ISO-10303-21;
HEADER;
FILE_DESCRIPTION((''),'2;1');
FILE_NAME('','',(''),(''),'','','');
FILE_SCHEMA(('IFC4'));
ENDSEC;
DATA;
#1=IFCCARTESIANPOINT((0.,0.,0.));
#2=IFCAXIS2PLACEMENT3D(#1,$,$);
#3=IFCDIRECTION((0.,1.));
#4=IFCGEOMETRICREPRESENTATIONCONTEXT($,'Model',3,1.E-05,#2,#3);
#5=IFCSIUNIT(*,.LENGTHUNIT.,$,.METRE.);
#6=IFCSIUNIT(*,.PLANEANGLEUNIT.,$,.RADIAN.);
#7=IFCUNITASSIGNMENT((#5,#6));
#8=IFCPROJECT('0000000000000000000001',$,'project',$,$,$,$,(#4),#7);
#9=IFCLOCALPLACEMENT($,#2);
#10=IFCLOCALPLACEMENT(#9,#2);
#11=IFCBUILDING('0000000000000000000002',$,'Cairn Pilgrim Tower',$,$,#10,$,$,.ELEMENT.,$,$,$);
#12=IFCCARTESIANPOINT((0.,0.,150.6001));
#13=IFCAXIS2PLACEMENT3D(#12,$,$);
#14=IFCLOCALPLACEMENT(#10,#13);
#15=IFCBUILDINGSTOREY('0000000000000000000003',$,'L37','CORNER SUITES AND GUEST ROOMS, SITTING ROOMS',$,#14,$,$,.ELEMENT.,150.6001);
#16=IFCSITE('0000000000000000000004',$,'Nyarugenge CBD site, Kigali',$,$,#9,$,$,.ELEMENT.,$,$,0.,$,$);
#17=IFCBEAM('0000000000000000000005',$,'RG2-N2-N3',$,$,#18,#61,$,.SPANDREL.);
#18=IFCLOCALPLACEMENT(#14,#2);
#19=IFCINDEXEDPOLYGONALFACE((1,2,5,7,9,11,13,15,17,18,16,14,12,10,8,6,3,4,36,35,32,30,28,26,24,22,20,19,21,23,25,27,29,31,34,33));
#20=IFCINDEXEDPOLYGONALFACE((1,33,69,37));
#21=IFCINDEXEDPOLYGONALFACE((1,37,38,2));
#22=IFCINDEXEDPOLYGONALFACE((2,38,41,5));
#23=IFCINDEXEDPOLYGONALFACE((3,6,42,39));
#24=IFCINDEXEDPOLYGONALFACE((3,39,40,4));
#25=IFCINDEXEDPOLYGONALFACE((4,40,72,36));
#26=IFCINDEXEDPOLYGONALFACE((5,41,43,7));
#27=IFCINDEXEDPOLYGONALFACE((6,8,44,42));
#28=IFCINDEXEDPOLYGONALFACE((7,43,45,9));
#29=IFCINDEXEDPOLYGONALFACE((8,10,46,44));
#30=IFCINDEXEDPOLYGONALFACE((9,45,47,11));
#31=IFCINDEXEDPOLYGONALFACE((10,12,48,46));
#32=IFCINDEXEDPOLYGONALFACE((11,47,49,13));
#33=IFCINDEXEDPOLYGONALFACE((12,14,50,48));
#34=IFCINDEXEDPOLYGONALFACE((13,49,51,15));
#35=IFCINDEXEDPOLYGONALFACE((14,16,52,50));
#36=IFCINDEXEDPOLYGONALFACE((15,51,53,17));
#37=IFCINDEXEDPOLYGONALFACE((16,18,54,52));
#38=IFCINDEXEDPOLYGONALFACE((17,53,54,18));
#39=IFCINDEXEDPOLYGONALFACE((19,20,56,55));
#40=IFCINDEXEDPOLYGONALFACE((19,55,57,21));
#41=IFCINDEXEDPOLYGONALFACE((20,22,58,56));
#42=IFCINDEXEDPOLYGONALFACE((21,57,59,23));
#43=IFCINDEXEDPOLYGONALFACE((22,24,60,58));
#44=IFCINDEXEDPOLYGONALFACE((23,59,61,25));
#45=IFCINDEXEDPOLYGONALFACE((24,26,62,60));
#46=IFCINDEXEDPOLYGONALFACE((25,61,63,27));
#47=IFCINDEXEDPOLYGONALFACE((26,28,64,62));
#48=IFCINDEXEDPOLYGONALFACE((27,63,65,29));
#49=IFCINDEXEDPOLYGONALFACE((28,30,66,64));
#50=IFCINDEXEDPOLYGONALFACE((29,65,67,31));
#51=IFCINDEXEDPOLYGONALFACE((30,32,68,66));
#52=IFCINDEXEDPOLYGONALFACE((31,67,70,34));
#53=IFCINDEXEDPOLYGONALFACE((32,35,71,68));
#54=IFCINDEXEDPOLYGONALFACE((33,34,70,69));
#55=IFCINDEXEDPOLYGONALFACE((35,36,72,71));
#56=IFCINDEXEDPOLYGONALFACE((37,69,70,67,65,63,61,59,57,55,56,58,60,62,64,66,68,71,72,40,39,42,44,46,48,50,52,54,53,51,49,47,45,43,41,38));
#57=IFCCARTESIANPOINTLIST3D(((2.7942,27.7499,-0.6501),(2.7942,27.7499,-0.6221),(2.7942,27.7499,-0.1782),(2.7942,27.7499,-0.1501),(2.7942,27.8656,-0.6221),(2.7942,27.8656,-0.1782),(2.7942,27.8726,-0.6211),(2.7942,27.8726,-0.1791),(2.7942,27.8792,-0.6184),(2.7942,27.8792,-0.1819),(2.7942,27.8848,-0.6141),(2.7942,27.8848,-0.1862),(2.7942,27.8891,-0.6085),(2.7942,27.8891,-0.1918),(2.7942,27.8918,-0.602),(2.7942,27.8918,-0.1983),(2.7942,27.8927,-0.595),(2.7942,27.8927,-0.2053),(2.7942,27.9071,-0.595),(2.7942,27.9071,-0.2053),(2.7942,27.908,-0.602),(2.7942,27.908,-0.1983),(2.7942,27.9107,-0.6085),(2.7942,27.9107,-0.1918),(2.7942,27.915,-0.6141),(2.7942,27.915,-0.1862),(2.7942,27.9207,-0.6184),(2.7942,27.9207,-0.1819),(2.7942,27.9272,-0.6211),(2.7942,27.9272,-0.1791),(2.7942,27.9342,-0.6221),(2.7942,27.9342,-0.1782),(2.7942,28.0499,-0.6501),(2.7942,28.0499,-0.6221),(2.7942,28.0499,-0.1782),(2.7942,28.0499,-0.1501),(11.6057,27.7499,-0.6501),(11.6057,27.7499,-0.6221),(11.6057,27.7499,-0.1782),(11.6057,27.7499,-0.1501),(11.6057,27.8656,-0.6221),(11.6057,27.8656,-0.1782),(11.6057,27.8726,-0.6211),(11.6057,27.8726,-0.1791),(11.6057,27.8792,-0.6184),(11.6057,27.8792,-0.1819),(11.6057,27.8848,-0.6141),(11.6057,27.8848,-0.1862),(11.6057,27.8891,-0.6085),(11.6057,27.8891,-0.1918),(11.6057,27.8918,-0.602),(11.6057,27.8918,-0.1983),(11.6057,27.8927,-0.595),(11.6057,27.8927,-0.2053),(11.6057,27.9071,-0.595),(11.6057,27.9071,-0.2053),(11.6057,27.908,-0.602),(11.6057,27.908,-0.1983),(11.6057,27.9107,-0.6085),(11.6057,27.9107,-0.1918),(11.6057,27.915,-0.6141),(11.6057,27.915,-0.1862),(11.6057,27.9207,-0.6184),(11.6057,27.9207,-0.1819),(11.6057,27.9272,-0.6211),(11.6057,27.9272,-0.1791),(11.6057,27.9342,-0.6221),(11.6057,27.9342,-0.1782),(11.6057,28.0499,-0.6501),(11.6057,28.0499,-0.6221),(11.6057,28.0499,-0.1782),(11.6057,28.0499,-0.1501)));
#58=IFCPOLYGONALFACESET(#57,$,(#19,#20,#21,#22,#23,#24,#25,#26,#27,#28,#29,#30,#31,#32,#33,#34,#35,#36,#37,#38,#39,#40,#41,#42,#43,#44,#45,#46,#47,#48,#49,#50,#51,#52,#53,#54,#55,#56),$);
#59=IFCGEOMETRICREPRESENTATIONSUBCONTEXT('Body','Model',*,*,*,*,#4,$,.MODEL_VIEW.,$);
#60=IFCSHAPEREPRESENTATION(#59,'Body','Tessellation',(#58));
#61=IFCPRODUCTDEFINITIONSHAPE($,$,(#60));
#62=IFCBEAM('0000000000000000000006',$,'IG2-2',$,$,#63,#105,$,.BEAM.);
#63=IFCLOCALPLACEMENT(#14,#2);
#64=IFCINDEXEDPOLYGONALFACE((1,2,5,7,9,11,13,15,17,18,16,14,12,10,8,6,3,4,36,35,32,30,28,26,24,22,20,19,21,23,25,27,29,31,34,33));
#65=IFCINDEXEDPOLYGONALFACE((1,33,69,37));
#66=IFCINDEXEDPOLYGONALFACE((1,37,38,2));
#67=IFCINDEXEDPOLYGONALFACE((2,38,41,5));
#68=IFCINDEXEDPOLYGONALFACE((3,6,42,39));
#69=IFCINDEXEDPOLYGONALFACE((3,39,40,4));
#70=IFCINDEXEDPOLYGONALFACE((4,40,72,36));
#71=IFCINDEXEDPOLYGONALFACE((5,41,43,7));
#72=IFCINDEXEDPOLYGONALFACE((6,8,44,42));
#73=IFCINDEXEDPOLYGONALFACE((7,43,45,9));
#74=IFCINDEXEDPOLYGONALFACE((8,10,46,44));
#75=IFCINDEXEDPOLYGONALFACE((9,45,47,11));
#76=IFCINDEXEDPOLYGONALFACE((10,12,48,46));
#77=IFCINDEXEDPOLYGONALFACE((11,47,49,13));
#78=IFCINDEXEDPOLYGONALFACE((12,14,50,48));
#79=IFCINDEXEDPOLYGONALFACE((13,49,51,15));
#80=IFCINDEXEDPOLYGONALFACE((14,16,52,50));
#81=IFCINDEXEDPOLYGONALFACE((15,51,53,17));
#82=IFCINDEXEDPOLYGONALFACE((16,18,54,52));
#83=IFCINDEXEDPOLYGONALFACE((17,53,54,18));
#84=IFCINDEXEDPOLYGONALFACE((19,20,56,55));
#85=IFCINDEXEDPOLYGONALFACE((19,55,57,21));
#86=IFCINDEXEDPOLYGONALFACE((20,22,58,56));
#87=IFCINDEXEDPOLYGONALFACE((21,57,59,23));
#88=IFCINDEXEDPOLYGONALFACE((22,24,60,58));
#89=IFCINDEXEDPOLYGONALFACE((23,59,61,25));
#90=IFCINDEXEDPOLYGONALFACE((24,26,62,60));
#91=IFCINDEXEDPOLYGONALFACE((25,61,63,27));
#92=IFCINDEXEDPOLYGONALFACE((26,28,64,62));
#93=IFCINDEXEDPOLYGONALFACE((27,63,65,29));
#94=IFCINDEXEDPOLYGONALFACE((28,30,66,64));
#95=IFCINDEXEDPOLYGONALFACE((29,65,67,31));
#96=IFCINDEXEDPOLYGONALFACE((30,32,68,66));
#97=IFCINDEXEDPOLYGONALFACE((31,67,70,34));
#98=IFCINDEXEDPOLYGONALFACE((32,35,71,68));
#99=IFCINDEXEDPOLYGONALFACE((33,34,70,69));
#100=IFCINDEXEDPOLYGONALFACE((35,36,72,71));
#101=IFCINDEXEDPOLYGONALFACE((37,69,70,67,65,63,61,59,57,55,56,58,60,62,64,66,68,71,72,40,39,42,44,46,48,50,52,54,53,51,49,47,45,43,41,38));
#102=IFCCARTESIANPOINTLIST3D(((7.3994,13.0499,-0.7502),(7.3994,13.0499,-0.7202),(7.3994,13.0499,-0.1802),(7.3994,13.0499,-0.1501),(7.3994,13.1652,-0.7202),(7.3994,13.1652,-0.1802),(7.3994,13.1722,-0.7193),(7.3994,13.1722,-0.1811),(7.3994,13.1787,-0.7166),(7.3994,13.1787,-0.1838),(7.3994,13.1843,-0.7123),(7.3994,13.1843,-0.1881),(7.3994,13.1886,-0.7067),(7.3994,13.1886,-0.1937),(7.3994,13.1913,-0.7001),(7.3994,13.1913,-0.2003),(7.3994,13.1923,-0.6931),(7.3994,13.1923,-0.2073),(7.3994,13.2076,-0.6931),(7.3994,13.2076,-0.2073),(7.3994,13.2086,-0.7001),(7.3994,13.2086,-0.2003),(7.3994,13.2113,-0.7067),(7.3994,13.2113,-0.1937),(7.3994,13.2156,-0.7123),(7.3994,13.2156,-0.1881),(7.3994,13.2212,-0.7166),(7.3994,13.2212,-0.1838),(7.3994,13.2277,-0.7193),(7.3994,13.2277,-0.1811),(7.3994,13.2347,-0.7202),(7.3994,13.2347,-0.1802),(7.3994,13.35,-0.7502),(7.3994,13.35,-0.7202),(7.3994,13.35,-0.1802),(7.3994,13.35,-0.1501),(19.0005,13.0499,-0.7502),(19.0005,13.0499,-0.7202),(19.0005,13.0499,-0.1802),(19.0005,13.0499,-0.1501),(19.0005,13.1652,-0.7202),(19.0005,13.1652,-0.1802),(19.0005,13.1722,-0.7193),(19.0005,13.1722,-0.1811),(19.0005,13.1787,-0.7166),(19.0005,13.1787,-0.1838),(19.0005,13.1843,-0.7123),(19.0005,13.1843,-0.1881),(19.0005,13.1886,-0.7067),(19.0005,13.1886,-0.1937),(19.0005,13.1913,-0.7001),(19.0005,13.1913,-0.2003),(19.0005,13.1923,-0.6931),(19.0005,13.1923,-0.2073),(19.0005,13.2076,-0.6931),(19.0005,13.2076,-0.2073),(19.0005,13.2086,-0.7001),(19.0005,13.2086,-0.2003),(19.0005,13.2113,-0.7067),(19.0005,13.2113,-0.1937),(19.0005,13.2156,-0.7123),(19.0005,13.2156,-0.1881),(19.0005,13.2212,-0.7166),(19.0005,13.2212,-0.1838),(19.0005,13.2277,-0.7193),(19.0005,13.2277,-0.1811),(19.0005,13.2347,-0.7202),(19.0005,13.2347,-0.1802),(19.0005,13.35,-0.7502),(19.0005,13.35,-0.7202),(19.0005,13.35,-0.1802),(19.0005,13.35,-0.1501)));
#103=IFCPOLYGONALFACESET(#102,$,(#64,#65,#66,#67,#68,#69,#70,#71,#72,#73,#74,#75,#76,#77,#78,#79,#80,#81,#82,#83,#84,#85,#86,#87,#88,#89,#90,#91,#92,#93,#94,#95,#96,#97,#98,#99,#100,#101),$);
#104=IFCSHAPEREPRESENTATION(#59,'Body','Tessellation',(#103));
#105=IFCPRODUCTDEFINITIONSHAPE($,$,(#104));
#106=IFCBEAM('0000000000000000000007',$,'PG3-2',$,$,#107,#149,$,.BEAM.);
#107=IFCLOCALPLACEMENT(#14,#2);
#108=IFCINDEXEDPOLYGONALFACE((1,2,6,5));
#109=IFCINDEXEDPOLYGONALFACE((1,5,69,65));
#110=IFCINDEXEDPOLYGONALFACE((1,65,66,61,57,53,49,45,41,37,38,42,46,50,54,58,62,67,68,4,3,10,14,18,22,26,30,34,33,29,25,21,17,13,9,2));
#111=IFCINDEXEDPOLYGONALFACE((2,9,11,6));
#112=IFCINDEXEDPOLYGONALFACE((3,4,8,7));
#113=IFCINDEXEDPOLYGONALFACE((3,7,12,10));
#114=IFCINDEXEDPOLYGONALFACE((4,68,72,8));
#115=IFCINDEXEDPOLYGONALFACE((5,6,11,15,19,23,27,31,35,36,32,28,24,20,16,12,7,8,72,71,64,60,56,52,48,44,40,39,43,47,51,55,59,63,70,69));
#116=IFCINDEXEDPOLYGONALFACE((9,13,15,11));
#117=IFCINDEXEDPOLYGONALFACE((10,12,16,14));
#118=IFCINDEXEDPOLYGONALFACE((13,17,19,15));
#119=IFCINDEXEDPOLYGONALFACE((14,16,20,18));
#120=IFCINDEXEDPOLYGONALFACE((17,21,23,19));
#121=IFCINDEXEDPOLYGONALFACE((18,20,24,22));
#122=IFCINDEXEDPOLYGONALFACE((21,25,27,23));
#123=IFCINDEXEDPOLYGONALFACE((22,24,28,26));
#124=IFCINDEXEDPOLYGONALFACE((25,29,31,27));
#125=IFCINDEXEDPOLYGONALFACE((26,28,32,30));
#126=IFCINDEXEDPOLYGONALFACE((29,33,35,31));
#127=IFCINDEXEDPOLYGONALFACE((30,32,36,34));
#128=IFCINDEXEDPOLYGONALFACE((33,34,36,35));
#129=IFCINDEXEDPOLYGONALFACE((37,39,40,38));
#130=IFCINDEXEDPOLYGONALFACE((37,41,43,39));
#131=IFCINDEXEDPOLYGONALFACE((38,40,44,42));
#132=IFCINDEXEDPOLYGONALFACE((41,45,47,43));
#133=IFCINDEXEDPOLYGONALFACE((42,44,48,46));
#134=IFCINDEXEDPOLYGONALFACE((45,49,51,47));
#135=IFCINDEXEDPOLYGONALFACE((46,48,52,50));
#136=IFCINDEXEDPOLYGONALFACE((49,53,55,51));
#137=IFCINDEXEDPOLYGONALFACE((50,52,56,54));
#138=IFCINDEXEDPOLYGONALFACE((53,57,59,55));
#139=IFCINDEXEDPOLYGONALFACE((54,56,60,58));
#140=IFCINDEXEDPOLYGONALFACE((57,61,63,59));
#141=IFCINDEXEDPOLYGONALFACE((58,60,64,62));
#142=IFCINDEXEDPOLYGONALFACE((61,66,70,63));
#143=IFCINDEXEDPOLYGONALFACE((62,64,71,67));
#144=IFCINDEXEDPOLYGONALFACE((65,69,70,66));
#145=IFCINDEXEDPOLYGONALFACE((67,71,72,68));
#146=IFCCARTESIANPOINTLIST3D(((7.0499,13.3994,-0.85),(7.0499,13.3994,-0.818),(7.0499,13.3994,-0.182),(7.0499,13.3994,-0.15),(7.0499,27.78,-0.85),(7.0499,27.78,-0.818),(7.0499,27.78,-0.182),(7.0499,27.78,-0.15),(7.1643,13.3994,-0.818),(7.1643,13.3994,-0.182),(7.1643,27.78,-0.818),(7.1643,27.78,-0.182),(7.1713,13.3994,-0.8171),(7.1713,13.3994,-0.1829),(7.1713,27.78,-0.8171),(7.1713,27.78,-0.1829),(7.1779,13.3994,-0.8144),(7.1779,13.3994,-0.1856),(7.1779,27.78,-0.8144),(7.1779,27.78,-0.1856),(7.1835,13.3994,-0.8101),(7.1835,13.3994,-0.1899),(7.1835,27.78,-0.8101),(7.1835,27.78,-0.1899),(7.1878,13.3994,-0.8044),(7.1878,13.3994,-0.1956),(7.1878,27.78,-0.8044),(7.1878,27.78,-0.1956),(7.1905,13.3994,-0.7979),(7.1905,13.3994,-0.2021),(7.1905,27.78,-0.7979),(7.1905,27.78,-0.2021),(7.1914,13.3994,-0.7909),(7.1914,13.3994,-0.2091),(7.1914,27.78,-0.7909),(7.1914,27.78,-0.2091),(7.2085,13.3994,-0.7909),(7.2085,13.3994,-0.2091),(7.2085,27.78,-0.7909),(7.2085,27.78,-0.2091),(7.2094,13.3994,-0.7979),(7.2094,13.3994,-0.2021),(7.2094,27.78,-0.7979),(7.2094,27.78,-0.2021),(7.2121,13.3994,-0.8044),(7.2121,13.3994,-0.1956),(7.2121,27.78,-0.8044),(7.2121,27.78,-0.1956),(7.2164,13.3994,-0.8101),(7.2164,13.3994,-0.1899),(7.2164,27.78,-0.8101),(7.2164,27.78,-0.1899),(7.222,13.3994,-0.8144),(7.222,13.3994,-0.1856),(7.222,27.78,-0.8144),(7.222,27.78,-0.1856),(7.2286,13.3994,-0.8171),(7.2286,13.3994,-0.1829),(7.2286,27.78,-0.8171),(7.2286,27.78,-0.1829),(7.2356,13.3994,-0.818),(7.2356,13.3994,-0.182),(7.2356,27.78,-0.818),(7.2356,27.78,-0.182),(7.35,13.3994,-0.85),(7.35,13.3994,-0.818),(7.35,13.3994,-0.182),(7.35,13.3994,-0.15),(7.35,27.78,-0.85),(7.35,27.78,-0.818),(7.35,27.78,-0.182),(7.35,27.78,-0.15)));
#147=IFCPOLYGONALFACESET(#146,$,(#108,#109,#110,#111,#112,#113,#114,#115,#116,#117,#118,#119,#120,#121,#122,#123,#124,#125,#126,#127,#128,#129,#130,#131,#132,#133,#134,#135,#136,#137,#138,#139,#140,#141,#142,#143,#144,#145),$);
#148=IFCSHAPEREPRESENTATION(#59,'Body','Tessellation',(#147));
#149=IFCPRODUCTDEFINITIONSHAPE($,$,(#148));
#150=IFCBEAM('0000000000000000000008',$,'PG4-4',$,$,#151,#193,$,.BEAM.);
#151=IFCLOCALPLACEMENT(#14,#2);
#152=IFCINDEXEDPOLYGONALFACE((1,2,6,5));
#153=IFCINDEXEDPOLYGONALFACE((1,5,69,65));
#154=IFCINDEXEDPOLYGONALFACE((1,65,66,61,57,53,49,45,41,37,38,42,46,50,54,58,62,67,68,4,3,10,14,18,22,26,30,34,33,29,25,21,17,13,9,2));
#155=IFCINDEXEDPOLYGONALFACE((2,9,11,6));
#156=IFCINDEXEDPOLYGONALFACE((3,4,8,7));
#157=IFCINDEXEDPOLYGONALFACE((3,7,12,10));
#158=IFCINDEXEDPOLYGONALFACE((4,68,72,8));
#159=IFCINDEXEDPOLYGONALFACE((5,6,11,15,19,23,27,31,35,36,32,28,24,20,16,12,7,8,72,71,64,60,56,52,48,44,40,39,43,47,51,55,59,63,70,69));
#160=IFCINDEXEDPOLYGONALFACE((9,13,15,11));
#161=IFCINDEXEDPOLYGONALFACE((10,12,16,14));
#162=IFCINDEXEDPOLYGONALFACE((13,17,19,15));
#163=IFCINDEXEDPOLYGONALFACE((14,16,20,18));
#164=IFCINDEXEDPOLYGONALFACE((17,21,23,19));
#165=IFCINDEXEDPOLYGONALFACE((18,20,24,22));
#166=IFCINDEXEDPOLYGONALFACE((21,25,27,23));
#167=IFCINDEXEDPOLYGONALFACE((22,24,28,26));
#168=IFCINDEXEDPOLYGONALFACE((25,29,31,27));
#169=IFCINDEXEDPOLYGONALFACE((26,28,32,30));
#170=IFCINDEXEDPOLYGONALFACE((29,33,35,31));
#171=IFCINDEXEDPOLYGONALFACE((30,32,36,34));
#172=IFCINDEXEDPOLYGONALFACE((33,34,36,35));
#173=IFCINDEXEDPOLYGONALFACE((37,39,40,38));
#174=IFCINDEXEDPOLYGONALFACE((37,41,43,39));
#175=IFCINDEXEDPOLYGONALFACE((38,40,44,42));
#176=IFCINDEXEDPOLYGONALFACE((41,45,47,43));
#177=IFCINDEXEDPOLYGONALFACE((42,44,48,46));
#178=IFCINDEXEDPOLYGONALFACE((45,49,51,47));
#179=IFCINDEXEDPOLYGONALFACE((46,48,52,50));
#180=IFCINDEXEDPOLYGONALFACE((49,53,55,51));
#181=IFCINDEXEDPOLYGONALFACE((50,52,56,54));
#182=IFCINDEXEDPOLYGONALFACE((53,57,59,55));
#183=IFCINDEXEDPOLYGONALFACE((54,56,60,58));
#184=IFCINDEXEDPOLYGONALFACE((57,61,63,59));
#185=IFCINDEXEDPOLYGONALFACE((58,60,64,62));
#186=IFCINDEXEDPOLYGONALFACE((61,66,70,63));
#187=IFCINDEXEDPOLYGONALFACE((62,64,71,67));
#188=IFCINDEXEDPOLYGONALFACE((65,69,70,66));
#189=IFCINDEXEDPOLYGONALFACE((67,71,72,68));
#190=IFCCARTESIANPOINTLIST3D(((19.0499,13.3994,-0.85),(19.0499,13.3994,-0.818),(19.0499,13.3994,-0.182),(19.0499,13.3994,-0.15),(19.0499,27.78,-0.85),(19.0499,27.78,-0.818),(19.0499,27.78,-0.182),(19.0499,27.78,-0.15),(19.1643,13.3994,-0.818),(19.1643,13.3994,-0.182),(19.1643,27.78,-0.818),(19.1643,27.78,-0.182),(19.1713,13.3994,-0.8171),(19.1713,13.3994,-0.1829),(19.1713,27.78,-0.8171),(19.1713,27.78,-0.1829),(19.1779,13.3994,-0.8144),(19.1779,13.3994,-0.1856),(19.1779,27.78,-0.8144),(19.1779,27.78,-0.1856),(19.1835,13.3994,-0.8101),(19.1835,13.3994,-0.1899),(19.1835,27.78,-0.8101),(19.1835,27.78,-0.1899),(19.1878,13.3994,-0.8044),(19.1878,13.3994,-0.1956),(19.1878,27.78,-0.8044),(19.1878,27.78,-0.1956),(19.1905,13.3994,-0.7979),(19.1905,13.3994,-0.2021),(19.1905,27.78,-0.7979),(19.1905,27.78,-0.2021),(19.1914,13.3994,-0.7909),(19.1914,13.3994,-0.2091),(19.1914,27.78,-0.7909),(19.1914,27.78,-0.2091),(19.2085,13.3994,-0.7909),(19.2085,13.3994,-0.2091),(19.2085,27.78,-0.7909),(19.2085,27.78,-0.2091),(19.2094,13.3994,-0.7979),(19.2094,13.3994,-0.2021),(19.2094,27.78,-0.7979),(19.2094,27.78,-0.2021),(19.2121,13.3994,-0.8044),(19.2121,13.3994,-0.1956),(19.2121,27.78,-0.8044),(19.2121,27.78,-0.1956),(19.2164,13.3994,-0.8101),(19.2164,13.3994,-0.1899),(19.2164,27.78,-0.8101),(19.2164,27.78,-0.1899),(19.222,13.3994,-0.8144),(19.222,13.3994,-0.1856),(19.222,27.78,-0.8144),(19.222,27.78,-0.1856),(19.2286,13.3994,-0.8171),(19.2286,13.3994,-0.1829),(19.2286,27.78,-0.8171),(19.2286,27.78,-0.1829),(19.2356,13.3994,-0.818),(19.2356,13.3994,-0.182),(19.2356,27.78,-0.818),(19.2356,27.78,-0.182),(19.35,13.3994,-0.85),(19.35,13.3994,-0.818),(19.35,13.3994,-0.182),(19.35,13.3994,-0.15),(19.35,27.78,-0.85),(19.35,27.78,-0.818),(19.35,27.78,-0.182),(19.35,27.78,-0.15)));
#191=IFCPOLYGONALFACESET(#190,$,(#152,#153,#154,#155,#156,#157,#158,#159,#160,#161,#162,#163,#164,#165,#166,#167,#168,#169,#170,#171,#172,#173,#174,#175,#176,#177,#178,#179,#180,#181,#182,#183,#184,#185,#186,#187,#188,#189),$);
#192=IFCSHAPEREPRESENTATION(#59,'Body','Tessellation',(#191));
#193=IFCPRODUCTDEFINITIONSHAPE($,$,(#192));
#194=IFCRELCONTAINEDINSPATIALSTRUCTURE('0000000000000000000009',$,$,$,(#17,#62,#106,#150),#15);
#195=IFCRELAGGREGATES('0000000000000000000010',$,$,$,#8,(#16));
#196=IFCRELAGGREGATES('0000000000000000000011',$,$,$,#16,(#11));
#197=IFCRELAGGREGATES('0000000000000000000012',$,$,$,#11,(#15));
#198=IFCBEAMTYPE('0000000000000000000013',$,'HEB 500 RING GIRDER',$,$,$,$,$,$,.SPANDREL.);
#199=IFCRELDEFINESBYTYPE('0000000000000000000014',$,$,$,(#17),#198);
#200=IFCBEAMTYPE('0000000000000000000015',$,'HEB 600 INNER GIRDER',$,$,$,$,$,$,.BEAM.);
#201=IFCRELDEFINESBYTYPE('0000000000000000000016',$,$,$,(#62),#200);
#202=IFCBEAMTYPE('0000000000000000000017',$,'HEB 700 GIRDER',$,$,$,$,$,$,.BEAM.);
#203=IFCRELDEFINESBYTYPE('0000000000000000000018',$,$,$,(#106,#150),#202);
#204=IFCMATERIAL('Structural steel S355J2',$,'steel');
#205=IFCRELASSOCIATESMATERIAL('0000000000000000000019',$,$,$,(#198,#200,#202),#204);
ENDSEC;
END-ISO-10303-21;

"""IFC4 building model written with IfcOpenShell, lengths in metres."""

from ifc_helpers import new_model, si_unit, direction, frame, origin, origin_2d, place, context, subcontext, project, spatial, i_section, extrude, material, material_profile, profile_set, type_object, element, save


model = new_model("IFC4")

# Units and contexts
model_context = context("Model", 3, precision=1e-05, world=origin(), true_north=direction((0.0, 1.0)))
body_context = subcontext(model_context, "Body", "Model", "MODEL_VIEW")
ifc_project = project(units=[si_unit("LENGTHUNIT", "METRE"), si_unit("PLANEANGLEUNIT", "RADIAN")], contexts=[model_context])

# Site, building, storey
site_placement = place(None, origin())
site = spatial("IfcSite", under=ifc_project, at=site_placement, Name="Nyarugenge CBD site, Kigali", CompositionType="ELEMENT", RefElevation=0.0)
building_placement = place(site_placement, origin())
building = spatial("IfcBuilding", under=site, at=building_placement, Name="Cairn Pilgrim Tower", CompositionType="ELEMENT")
storey_placement = place(building_placement, frame((0.0, 0.0, 150.6001)))
storey = spatial("IfcBuildingStorey", under=building, at=storey_placement, Name="L37", Description="CORNER SUITES AND GUEST ROOMS, SITTING ROOMS", CompositionType="ELEMENT", Elevation=150.6001)

# Shared definitions
ifc_material_1 = material(Name="Structural steel S355J2", Category="steel")

# Beams
ifc_material_profile_1 = material_profile(ifc_material_1, i_section(OverallWidth=0.3, OverallDepth=0.5, WebThickness=0.0144, FlangeThickness=0.0281, FilletRadius=0.0271, at=origin_2d()), Name="HEB 500")
ifc_profile_set_1 = profile_set([ifc_material_profile_1], Name="Structural steel S355J2")
beam_type_1 = type_object("IfcBeamType", Name="HEB 500 RING GIRDER", PredefinedType="SPANDREL", material=ifc_profile_set_1)
beam_1_placement = place(storey_placement, frame((11.6057, 27.8999, -0.4001), z_axis=(-1.0, 0.0, 0.0), x_axis=(0.0, -1.0, 0.0)))
element("IfcBeam", 1, at=beam_1_placement, inside=storey, type_object=beam_type_1, Name="RG2-N2-N3", PredefinedType="SPANDREL", context=body_context, shape_type="SweptSolid", body=[
    extrude(i_section(OverallWidth=0.3, OverallDepth=0.5, WebThickness=0.0144, FlangeThickness=0.0281, FilletRadius=0.0271, at=origin_2d()), origin(), (0.0, 0.0, 1.0), 8.8115),
])
ifc_material_profile_2 = material_profile(ifc_material_1, i_section(OverallWidth=0.3, OverallDepth=0.6001, WebThickness=0.0154, FlangeThickness=0.03, FilletRadius=0.0271, at=origin_2d()), Name="HEB 600")
ifc_profile_set_2 = profile_set([ifc_material_profile_2], Name="Structural steel S355J2")
beam_type_2 = type_object("IfcBeamType", Name="HEB 600 INNER GIRDER", PredefinedType="BEAM", material=ifc_profile_set_2)
beam_2_placement = place(storey_placement, frame((7.3994, 13.2, -0.4502), z_axis=(1.0, 0.0, 0.0), x_axis=(0.0, 1.0, 0.0)))
element("IfcBeam", 2, at=beam_2_placement, inside=storey, type_object=beam_type_2, Name="IG2-2", PredefinedType="BEAM", context=body_context, shape_type="SweptSolid", body=[
    extrude(i_section(OverallWidth=0.3, OverallDepth=0.6001, WebThickness=0.0154, FlangeThickness=0.03, FilletRadius=0.0271, at=origin_2d()), origin(), (0.0, 0.0, 1.0), 11.6011),
])
ifc_material_profile_3 = material_profile(ifc_material_1, i_section(OverallWidth=0.3, OverallDepth=0.7, WebThickness=0.0171, FlangeThickness=0.032, FilletRadius=0.0271, at=origin_2d()), Name="HEB 700")
ifc_profile_set_3 = profile_set([ifc_material_profile_3], Name="Structural steel S355J2")
beam_type_3 = type_object("IfcBeamType", Name="HEB 700 GIRDER", PredefinedType="BEAM", material=ifc_profile_set_3)
for number, where, z_axis, x_axis, name in (
    (3, (7.2, 13.3994, -0.5), (0.0, 1.0, 0.0), (-1.0, 0.0, 0.0), "PG3-2"),
    (4, (19.2, 13.3994, -0.5), (0.0, 1.0, 0.0), (-1.0, 0.0, 0.0), "PG4-4"),
):
    element("IfcBeam", number, at=place(storey_placement, frame(where, z_axis=z_axis, x_axis=x_axis)), inside=storey, type_object=beam_type_3, Name=name, PredefinedType="BEAM", context=body_context, shape_type="SweptSolid", body=[
        extrude(i_section(OverallWidth=0.3, OverallDepth=0.7, WebThickness=0.0171, FlangeThickness=0.032, FilletRadius=0.0271, at=origin_2d()), origin(), (0.0, 0.0, 1.0), 14.3806),
    ])

save(model, "model.ifc")
